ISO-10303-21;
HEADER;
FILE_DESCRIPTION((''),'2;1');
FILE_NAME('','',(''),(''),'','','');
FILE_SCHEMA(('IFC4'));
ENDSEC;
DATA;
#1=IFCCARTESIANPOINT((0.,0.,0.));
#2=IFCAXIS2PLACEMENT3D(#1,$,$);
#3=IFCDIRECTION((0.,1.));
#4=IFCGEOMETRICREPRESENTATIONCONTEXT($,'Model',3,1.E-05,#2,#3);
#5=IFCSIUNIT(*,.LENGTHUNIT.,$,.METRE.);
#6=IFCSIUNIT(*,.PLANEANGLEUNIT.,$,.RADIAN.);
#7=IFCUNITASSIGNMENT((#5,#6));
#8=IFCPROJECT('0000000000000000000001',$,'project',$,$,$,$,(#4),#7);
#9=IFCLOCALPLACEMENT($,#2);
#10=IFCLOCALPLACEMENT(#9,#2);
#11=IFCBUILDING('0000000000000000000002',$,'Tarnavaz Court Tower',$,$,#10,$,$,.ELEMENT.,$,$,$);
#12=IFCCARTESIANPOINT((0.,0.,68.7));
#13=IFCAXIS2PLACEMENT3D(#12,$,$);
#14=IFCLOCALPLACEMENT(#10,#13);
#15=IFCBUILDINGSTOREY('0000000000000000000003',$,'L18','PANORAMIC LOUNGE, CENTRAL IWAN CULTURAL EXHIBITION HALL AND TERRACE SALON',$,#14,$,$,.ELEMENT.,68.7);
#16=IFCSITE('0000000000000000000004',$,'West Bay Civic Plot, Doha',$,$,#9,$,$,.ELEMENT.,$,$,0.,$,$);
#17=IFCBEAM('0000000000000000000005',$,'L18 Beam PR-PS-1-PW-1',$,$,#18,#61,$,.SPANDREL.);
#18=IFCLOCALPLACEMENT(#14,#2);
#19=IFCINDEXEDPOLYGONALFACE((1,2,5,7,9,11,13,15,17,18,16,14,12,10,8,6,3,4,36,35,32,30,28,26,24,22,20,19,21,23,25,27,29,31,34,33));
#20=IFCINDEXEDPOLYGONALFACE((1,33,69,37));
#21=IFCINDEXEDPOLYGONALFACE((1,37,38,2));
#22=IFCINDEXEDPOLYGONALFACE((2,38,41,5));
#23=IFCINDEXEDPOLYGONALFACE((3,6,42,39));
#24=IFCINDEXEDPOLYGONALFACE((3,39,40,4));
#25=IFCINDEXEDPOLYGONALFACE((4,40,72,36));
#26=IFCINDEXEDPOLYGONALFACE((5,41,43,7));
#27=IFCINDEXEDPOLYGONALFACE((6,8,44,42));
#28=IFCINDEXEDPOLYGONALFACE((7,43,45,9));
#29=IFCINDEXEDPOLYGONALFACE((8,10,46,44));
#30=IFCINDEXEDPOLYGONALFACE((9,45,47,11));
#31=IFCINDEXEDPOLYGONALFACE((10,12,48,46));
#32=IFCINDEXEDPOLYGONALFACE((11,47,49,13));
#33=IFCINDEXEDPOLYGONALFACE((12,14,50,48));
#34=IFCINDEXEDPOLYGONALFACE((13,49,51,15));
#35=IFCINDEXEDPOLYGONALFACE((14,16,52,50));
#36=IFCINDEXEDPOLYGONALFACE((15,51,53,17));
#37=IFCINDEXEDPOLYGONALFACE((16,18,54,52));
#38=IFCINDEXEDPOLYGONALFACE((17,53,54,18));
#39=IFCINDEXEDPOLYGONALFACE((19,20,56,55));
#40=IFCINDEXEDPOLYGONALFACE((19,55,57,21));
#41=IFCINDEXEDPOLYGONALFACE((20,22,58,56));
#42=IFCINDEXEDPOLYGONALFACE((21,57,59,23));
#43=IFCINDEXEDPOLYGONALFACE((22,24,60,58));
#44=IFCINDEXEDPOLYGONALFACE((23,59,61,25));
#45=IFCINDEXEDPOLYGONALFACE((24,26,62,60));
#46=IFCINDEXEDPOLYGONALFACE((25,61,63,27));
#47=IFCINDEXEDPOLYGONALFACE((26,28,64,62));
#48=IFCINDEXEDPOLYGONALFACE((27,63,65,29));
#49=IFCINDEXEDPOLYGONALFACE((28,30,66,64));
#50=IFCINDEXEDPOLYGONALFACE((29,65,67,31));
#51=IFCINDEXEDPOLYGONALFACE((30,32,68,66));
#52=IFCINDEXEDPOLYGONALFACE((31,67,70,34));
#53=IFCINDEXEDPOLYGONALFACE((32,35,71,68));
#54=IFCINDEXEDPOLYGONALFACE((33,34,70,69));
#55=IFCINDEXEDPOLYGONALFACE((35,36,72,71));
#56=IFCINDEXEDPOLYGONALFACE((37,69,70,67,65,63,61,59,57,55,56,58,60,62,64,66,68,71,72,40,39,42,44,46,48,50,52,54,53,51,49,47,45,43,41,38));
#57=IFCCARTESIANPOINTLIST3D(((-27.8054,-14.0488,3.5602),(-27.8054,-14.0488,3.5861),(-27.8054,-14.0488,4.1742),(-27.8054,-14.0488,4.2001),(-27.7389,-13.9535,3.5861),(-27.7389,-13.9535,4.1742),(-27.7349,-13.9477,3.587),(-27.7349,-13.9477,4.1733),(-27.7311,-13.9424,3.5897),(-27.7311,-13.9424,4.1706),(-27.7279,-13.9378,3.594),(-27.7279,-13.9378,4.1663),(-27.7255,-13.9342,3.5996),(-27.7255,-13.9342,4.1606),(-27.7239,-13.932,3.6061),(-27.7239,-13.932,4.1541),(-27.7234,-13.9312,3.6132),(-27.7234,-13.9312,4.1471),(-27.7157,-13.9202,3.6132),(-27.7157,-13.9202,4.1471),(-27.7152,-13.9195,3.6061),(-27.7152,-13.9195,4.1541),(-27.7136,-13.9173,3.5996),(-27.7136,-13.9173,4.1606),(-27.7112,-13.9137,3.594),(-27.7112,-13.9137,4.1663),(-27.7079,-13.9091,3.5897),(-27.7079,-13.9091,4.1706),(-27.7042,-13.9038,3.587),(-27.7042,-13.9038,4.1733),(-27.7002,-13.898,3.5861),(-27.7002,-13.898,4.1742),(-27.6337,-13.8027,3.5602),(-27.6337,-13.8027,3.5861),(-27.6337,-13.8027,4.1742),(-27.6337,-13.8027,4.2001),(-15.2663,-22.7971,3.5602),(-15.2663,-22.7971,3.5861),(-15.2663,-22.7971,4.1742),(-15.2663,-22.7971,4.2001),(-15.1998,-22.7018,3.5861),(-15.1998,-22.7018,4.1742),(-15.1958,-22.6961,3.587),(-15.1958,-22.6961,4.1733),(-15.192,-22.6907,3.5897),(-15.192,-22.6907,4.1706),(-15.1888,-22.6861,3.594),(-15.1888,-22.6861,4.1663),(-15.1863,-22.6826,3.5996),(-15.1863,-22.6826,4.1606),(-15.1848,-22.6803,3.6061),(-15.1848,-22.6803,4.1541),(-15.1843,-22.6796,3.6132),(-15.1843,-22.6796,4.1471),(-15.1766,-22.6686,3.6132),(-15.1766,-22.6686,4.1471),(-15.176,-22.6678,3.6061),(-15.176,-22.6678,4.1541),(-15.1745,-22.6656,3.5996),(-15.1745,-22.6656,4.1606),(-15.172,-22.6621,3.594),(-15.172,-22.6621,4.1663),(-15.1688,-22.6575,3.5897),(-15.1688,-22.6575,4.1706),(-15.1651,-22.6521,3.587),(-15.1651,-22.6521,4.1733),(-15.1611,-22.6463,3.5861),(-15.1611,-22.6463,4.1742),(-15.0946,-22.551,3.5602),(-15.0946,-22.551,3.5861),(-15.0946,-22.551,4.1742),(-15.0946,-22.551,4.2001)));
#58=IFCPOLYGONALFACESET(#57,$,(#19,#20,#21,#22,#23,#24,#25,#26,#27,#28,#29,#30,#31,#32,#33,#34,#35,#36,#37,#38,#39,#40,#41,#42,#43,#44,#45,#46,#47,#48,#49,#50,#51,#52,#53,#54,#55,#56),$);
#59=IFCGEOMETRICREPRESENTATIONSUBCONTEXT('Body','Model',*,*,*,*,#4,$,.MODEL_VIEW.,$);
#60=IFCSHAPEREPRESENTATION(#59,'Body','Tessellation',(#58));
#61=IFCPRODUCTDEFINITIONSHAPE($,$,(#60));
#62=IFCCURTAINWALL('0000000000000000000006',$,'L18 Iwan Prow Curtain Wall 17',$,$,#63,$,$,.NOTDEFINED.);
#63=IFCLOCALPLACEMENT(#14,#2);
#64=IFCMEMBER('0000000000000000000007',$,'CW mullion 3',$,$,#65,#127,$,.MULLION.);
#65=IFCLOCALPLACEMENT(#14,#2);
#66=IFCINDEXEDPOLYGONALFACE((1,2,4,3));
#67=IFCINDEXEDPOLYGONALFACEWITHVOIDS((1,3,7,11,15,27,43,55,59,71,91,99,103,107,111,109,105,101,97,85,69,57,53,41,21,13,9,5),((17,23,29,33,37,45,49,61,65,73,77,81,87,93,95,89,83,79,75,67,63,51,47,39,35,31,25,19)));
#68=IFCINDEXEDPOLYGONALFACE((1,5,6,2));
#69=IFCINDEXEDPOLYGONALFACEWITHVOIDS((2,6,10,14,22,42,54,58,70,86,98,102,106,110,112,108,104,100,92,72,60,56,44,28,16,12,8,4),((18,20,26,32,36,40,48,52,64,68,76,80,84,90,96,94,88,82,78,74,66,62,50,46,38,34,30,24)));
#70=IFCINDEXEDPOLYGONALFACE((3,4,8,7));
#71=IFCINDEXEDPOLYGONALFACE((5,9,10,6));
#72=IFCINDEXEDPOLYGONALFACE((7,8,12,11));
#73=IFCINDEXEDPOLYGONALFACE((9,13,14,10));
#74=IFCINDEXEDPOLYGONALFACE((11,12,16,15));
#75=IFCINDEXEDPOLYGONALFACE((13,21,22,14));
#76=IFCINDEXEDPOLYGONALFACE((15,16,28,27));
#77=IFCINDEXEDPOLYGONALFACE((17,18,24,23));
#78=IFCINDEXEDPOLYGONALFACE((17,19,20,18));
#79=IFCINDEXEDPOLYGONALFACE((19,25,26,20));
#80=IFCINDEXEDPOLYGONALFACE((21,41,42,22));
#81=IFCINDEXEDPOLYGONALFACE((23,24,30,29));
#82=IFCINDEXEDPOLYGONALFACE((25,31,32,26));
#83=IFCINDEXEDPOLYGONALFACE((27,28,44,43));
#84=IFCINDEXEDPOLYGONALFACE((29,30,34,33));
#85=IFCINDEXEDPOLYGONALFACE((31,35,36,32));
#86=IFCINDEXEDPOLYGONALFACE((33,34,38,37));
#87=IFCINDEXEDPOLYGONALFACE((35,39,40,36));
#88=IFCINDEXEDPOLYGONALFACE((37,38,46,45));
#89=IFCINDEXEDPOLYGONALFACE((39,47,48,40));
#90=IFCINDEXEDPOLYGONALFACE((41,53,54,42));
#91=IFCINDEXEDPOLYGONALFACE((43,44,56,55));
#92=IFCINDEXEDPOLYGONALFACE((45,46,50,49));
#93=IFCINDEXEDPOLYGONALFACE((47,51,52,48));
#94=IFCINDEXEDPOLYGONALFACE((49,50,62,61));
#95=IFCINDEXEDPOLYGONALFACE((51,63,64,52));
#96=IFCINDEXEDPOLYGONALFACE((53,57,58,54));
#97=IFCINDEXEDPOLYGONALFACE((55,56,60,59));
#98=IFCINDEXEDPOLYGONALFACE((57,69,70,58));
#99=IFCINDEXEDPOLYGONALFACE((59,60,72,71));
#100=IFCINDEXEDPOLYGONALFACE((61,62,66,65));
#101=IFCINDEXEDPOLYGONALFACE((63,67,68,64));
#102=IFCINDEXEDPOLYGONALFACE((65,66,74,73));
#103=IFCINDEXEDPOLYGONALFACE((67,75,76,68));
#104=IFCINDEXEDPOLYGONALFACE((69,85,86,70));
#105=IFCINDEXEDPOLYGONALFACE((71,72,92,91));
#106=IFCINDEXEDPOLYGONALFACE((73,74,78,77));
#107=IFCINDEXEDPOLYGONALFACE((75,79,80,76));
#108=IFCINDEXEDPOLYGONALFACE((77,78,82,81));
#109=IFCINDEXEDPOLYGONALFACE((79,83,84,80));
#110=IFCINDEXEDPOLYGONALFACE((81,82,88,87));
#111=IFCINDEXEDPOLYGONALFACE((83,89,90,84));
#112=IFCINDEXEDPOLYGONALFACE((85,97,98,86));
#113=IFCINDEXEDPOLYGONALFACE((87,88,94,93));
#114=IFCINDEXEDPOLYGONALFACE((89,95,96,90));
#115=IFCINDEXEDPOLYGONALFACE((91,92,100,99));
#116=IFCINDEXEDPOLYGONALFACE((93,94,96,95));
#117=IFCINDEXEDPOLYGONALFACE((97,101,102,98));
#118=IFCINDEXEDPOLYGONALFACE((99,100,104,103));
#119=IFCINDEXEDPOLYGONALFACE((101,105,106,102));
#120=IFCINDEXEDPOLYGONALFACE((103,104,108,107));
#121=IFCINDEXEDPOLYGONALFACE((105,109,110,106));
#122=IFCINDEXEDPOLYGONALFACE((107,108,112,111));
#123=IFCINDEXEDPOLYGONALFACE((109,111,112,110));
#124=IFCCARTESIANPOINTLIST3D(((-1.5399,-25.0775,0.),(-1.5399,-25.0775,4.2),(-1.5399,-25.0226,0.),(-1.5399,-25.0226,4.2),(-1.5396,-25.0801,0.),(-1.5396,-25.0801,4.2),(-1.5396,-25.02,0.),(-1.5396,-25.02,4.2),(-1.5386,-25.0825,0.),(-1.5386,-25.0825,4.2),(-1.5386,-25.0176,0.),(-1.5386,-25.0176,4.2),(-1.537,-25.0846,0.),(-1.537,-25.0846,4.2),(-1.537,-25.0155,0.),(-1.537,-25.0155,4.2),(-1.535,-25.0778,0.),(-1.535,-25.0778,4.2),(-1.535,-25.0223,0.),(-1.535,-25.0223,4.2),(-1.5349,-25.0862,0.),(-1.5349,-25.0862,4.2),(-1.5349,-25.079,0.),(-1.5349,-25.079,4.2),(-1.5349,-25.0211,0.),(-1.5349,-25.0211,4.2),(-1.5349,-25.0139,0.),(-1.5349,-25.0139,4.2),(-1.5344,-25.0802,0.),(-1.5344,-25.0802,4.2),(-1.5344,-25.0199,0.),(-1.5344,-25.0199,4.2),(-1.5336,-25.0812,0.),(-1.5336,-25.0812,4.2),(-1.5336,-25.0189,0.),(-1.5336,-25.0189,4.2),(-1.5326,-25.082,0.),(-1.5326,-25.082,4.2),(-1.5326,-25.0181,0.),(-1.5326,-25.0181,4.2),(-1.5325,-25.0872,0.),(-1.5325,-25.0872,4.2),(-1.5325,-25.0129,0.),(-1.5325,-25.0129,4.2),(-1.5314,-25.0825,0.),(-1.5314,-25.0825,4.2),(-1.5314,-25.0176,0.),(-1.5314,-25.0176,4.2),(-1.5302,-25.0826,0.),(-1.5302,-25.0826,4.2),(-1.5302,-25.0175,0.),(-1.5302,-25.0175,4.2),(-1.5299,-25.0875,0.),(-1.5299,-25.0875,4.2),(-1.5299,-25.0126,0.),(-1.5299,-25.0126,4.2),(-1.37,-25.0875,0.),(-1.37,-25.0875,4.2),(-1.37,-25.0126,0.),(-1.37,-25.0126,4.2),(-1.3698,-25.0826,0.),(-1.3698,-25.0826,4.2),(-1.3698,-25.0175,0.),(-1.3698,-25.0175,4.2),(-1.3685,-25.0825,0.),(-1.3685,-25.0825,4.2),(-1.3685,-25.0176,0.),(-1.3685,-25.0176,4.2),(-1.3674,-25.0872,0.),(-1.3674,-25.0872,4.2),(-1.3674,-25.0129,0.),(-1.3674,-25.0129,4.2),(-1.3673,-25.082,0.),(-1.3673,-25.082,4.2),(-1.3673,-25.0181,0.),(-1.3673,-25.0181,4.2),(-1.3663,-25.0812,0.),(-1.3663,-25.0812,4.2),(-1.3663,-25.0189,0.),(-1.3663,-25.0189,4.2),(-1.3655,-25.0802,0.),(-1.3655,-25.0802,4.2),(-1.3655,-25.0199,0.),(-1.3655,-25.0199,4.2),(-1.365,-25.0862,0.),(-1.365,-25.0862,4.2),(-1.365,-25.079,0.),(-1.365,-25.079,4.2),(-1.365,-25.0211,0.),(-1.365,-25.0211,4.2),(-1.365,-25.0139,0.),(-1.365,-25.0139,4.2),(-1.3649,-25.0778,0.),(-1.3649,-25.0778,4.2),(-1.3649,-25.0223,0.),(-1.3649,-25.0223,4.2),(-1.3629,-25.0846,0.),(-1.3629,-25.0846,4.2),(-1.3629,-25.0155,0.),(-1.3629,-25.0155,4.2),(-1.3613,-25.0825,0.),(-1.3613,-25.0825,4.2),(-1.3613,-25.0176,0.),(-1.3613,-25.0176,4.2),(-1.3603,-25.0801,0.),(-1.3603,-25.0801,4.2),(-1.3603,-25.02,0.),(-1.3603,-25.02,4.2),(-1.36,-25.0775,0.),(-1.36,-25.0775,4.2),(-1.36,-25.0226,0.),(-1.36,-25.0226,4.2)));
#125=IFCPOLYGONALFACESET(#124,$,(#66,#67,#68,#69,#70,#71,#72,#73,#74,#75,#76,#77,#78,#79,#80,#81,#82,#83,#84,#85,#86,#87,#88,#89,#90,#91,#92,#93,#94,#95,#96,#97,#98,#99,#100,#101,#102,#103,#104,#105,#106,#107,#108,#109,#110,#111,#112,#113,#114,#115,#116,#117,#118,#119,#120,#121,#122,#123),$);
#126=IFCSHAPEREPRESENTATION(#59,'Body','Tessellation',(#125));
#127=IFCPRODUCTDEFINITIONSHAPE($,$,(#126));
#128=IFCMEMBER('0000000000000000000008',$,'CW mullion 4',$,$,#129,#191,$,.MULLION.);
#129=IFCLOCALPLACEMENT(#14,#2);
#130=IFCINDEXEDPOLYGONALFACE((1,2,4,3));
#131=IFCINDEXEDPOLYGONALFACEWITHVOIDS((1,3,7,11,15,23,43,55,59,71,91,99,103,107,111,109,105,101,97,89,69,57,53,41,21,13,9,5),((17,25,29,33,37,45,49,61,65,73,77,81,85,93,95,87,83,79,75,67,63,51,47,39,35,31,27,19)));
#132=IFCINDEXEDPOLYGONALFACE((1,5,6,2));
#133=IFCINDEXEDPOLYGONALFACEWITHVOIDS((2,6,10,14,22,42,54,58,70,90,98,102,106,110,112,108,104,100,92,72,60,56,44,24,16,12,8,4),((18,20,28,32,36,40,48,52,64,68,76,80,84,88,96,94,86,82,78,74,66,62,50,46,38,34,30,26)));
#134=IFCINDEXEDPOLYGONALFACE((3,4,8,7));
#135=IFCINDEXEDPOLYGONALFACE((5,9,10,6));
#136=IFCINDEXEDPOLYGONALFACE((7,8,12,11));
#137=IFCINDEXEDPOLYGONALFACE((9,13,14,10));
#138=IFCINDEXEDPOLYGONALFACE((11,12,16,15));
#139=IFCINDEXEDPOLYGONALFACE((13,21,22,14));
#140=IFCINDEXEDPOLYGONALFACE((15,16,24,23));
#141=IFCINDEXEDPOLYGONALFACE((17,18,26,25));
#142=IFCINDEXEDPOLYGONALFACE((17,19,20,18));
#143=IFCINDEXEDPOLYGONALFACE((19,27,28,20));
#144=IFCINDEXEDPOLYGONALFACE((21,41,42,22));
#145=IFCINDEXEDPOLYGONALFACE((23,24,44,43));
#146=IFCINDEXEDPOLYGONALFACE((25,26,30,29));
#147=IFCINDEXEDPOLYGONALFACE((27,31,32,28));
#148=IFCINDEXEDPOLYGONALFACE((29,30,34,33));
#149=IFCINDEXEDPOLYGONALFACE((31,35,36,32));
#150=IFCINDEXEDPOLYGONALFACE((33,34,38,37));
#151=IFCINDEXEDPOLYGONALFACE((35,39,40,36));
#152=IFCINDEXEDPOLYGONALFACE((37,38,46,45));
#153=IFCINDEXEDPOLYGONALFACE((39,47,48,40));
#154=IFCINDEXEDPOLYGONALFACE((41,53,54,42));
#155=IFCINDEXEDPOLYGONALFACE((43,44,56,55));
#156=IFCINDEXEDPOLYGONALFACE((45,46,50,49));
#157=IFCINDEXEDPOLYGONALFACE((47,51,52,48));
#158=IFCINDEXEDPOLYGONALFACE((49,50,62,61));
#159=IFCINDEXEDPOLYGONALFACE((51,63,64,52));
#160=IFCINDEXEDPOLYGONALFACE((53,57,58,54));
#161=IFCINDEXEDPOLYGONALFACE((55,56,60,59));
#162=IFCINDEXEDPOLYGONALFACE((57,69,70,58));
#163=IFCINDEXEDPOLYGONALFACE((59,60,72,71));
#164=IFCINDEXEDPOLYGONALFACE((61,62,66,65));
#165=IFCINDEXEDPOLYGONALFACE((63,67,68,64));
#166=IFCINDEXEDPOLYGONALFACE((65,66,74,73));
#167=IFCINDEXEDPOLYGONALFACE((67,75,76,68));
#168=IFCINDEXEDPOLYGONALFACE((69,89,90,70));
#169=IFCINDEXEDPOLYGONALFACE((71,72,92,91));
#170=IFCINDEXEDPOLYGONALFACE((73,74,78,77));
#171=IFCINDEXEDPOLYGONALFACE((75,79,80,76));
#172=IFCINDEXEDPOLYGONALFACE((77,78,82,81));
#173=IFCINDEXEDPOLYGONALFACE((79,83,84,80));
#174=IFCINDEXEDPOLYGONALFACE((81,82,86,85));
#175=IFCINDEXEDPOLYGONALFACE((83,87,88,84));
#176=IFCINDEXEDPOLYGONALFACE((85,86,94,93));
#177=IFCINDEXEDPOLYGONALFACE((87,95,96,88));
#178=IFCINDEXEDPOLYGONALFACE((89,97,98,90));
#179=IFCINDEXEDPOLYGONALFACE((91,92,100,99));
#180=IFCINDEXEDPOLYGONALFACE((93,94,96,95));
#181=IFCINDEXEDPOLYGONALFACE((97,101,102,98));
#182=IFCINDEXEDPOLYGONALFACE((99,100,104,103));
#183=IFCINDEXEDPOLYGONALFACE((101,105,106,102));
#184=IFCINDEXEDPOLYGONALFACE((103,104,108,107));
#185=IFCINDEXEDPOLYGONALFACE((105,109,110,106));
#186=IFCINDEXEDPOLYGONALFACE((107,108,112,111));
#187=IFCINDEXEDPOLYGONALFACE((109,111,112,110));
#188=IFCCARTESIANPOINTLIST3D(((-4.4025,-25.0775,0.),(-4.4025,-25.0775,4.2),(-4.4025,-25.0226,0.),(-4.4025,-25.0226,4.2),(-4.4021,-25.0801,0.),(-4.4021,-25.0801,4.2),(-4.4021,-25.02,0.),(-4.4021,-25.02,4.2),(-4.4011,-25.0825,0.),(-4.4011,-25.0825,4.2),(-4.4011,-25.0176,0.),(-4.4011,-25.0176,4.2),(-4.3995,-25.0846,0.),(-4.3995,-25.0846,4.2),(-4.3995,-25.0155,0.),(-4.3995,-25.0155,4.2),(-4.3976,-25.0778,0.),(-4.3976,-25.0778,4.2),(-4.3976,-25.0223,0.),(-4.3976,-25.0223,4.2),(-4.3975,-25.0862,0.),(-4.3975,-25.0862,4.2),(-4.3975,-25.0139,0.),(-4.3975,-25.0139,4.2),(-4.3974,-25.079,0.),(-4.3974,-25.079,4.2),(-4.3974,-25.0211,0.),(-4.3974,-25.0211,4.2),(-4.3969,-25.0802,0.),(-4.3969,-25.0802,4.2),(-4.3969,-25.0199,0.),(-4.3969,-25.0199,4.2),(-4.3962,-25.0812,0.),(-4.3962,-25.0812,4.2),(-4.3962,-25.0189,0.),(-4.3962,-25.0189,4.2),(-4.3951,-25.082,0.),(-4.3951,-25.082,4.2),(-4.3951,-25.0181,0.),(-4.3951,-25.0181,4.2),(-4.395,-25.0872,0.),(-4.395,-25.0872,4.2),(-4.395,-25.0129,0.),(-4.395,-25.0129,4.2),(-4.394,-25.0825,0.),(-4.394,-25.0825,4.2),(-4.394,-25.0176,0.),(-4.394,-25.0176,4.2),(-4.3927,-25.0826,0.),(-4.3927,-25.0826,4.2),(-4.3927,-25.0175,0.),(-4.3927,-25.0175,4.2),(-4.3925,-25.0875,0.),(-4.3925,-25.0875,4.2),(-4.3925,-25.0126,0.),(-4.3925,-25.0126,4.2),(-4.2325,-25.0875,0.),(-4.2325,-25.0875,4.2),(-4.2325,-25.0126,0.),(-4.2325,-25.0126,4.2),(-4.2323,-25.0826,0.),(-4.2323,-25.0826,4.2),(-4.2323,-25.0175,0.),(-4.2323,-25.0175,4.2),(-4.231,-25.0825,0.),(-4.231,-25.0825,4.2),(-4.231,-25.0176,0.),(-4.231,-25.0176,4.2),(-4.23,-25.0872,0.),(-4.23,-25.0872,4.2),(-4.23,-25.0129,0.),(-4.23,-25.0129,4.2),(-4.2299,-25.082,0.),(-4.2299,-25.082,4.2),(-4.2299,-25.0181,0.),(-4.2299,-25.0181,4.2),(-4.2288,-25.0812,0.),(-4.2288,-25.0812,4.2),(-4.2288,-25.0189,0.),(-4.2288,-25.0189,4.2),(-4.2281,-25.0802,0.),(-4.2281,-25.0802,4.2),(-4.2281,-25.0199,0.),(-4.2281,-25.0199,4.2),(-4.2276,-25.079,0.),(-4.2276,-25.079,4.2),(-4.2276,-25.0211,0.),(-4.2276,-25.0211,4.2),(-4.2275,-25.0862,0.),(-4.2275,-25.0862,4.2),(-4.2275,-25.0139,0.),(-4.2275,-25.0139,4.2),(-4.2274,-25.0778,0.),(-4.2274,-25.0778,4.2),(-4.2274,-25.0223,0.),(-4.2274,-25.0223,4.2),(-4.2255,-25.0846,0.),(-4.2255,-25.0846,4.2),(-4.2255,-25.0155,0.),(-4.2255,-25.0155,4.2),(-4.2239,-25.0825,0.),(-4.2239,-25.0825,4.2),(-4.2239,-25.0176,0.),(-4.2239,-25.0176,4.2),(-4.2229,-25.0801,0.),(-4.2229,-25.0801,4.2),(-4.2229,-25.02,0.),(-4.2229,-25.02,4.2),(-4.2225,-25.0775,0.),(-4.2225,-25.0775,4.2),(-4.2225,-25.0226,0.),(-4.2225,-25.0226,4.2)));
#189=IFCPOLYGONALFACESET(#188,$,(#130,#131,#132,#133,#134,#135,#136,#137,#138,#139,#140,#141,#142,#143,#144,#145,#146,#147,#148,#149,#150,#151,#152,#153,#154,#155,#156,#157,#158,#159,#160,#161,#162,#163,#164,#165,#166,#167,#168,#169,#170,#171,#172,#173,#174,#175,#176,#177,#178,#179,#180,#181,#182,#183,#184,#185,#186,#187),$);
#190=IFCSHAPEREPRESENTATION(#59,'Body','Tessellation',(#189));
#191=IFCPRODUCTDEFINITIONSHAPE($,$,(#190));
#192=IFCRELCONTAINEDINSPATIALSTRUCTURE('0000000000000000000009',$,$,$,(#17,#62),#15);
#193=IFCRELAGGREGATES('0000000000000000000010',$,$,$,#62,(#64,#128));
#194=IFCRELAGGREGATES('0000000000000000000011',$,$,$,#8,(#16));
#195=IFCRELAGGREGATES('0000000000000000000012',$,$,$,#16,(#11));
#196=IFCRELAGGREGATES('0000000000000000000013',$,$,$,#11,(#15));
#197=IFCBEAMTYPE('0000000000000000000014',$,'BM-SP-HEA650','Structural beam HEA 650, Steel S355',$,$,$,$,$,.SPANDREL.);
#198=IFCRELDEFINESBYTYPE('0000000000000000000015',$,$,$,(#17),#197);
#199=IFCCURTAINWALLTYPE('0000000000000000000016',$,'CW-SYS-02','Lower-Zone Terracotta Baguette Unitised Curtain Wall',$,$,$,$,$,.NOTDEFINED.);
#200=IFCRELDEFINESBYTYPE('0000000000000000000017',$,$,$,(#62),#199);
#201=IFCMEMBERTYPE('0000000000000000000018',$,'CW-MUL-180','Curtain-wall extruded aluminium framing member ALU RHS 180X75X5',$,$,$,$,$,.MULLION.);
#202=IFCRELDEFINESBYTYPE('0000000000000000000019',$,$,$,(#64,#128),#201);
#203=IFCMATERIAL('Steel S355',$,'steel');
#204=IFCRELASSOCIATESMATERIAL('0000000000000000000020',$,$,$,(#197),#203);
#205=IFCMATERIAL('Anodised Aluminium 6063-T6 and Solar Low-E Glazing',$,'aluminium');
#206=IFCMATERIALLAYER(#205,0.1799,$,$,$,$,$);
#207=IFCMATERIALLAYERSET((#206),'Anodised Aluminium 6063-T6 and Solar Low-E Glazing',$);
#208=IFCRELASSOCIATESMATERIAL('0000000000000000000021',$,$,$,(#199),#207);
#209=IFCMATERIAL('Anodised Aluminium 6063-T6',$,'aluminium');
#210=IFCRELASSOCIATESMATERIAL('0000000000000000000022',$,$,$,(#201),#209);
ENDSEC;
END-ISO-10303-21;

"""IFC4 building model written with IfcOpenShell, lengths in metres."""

from ifc_helpers import new_model, si_unit, direction, frame, origin, origin_2d, place, context, subcontext, project, spatial, hollow_rectangle, i_section, extrude, material, layer, layer_set, material_profile, profile_set, type_object, element, aggregate, save


model = new_model("IFC4")

# Units and contexts
model_context = context("Model", 3, precision=1e-05, world=origin(), true_north=direction((0.0, 1.0)))
body_context = subcontext(model_context, "Body", "Model", "MODEL_VIEW")
ifc_project = project(units=[si_unit("LENGTHUNIT", "METRE"), si_unit("PLANEANGLEUNIT", "RADIAN")], contexts=[model_context])

# Site, building, storey
site_placement = place(None, origin())
site = spatial("IfcSite", under=ifc_project, at=site_placement, Name="West Bay Civic Plot, Doha", CompositionType="ELEMENT", RefElevation=0.0)
building_placement = place(site_placement, origin())
building = spatial("IfcBuilding", under=site, at=building_placement, Name="Tarnavaz Court Tower", CompositionType="ELEMENT")
storey_placement = place(building_placement, frame((0.0, 0.0, 68.7)))
storey = spatial("IfcBuildingStorey", under=building, at=storey_placement, Name="L18", Description="PANORAMIC LOUNGE, CENTRAL IWAN CULTURAL EXHIBITION HALL AND TERRACE SALON", CompositionType="ELEMENT", Elevation=68.7)

# Beam
ifc_material_1 = material(Name="Steel S355", Category="steel")
ifc_material_profile_1 = material_profile(ifc_material_1, i_section(OverallWidth=0.3, OverallDepth=0.6399, WebThickness=0.0134, FlangeThickness=0.0259, FilletRadius=0.0271, at=origin_2d()), Name="HEA 650")
ifc_profile_set_1 = profile_set([ifc_material_profile_1], Name="Steel S355")
beam_type_1 = type_object("IfcBeamType", Name="BM-SP-HEA650", Description="Structural beam HEA 650, Steel S355", PredefinedType="SPANDREL", material=ifc_profile_set_1)
beam_1_placement = place(storey_placement, frame((-15.1804, -22.6741, 3.8801), z_axis=(-0.820124, 0.572186, 0.0), x_axis=(-0.572186, -0.820124, 0.0)))
element("IfcBeam", 1, at=beam_1_placement, inside=storey, type_object=beam_type_1, Name="L18 Beam PR-PS-1-PW-1", PredefinedType="SPANDREL", context=body_context, shape_type="SweptSolid", body=[
    extrude(i_section(OverallWidth=0.3, OverallDepth=0.6399, WebThickness=0.0134, FlangeThickness=0.0259, FilletRadius=0.0271, at=origin_2d()), origin(), (0.0, 0.0, 1.0), 15.2893),
])

# Curtain wall, members
ifc_material_2 = material(Name="Anodised Aluminium 6063-T6 and Solar Low-E Glazing", Category="aluminium")
ifc_layer_1 = layer(ifc_material_2, 0.1799)
ifc_layer_set_1 = layer_set([ifc_layer_1], Name="Anodised Aluminium 6063-T6 and Solar Low-E Glazing")
curtain_wall_type = type_object("IfcCurtainWallType", Name="CW-SYS-02", Description="Lower-Zone Terracotta Baguette Unitised Curtain Wall", PredefinedType="NOTDEFINED", material=ifc_layer_set_1)
curtain_wall_placement = place(storey_placement, origin())
curtain_wall = element("IfcCurtainWall", 2, at=curtain_wall_placement, inside=storey, type_object=curtain_wall_type, Name="L18 Iwan Prow Curtain Wall 17", PredefinedType="NOTDEFINED")
ifc_material_3 = material(Name="Anodised Aluminium 6063-T6", Category="aluminium")
ifc_material_profile_2 = material_profile(ifc_material_3, hollow_rectangle(XDim=0.075, YDim=0.1799, WallThickness=0.0049, InnerFilletRadius=0.0049, OuterFilletRadius=0.01, at=origin_2d()), Name="ALU RHS 180X75X5")
ifc_profile_set_2 = profile_set([ifc_material_profile_2], Name="Anodised Aluminium 6063-T6")
member_type_1 = type_object("IfcMemberType", Name="CW-MUL-180", Description="Curtain-wall extruded aluminium framing member ALU RHS 180X75X5", PredefinedType="MULLION", material=ifc_profile_set_2)
member_1_placement = place(storey_placement, frame((-1.45, -25.05, 0.0), z_axis=(0.0, 0.0, 1.0), x_axis=(0.0, -1.0, 0.0)))
member_1 = element("IfcMember", 3, at=member_1_placement, type_object=member_type_1, Name="CW mullion 3", PredefinedType="MULLION", context=body_context, shape_type="SweptSolid", body=[
    extrude(hollow_rectangle(XDim=0.075, YDim=0.1799, WallThickness=0.0049, InnerFilletRadius=0.0049, OuterFilletRadius=0.01, at=origin_2d()), origin(), (0.0, 0.0, 1.0), 4.2),
])
member_2_placement = place(storey_placement, frame((-4.3125, -25.05, 0.0), z_axis=(0.0, 0.0, 1.0), x_axis=(0.0, -1.0, 0.0)))
member_2 = element("IfcMember", 4, at=member_2_placement, type_object=member_type_1, Name="CW mullion 4", PredefinedType="MULLION", context=body_context, shape_type="SweptSolid", body=[
    extrude(hollow_rectangle(XDim=0.075, YDim=0.1799, WallThickness=0.0049, InnerFilletRadius=0.0049, OuterFilletRadius=0.01, at=origin_2d()), origin(), (0.0, 0.0, 1.0), 4.2),
])
aggregate(curtain_wall, [member_1, member_2])

save(model, "model.ifc")
